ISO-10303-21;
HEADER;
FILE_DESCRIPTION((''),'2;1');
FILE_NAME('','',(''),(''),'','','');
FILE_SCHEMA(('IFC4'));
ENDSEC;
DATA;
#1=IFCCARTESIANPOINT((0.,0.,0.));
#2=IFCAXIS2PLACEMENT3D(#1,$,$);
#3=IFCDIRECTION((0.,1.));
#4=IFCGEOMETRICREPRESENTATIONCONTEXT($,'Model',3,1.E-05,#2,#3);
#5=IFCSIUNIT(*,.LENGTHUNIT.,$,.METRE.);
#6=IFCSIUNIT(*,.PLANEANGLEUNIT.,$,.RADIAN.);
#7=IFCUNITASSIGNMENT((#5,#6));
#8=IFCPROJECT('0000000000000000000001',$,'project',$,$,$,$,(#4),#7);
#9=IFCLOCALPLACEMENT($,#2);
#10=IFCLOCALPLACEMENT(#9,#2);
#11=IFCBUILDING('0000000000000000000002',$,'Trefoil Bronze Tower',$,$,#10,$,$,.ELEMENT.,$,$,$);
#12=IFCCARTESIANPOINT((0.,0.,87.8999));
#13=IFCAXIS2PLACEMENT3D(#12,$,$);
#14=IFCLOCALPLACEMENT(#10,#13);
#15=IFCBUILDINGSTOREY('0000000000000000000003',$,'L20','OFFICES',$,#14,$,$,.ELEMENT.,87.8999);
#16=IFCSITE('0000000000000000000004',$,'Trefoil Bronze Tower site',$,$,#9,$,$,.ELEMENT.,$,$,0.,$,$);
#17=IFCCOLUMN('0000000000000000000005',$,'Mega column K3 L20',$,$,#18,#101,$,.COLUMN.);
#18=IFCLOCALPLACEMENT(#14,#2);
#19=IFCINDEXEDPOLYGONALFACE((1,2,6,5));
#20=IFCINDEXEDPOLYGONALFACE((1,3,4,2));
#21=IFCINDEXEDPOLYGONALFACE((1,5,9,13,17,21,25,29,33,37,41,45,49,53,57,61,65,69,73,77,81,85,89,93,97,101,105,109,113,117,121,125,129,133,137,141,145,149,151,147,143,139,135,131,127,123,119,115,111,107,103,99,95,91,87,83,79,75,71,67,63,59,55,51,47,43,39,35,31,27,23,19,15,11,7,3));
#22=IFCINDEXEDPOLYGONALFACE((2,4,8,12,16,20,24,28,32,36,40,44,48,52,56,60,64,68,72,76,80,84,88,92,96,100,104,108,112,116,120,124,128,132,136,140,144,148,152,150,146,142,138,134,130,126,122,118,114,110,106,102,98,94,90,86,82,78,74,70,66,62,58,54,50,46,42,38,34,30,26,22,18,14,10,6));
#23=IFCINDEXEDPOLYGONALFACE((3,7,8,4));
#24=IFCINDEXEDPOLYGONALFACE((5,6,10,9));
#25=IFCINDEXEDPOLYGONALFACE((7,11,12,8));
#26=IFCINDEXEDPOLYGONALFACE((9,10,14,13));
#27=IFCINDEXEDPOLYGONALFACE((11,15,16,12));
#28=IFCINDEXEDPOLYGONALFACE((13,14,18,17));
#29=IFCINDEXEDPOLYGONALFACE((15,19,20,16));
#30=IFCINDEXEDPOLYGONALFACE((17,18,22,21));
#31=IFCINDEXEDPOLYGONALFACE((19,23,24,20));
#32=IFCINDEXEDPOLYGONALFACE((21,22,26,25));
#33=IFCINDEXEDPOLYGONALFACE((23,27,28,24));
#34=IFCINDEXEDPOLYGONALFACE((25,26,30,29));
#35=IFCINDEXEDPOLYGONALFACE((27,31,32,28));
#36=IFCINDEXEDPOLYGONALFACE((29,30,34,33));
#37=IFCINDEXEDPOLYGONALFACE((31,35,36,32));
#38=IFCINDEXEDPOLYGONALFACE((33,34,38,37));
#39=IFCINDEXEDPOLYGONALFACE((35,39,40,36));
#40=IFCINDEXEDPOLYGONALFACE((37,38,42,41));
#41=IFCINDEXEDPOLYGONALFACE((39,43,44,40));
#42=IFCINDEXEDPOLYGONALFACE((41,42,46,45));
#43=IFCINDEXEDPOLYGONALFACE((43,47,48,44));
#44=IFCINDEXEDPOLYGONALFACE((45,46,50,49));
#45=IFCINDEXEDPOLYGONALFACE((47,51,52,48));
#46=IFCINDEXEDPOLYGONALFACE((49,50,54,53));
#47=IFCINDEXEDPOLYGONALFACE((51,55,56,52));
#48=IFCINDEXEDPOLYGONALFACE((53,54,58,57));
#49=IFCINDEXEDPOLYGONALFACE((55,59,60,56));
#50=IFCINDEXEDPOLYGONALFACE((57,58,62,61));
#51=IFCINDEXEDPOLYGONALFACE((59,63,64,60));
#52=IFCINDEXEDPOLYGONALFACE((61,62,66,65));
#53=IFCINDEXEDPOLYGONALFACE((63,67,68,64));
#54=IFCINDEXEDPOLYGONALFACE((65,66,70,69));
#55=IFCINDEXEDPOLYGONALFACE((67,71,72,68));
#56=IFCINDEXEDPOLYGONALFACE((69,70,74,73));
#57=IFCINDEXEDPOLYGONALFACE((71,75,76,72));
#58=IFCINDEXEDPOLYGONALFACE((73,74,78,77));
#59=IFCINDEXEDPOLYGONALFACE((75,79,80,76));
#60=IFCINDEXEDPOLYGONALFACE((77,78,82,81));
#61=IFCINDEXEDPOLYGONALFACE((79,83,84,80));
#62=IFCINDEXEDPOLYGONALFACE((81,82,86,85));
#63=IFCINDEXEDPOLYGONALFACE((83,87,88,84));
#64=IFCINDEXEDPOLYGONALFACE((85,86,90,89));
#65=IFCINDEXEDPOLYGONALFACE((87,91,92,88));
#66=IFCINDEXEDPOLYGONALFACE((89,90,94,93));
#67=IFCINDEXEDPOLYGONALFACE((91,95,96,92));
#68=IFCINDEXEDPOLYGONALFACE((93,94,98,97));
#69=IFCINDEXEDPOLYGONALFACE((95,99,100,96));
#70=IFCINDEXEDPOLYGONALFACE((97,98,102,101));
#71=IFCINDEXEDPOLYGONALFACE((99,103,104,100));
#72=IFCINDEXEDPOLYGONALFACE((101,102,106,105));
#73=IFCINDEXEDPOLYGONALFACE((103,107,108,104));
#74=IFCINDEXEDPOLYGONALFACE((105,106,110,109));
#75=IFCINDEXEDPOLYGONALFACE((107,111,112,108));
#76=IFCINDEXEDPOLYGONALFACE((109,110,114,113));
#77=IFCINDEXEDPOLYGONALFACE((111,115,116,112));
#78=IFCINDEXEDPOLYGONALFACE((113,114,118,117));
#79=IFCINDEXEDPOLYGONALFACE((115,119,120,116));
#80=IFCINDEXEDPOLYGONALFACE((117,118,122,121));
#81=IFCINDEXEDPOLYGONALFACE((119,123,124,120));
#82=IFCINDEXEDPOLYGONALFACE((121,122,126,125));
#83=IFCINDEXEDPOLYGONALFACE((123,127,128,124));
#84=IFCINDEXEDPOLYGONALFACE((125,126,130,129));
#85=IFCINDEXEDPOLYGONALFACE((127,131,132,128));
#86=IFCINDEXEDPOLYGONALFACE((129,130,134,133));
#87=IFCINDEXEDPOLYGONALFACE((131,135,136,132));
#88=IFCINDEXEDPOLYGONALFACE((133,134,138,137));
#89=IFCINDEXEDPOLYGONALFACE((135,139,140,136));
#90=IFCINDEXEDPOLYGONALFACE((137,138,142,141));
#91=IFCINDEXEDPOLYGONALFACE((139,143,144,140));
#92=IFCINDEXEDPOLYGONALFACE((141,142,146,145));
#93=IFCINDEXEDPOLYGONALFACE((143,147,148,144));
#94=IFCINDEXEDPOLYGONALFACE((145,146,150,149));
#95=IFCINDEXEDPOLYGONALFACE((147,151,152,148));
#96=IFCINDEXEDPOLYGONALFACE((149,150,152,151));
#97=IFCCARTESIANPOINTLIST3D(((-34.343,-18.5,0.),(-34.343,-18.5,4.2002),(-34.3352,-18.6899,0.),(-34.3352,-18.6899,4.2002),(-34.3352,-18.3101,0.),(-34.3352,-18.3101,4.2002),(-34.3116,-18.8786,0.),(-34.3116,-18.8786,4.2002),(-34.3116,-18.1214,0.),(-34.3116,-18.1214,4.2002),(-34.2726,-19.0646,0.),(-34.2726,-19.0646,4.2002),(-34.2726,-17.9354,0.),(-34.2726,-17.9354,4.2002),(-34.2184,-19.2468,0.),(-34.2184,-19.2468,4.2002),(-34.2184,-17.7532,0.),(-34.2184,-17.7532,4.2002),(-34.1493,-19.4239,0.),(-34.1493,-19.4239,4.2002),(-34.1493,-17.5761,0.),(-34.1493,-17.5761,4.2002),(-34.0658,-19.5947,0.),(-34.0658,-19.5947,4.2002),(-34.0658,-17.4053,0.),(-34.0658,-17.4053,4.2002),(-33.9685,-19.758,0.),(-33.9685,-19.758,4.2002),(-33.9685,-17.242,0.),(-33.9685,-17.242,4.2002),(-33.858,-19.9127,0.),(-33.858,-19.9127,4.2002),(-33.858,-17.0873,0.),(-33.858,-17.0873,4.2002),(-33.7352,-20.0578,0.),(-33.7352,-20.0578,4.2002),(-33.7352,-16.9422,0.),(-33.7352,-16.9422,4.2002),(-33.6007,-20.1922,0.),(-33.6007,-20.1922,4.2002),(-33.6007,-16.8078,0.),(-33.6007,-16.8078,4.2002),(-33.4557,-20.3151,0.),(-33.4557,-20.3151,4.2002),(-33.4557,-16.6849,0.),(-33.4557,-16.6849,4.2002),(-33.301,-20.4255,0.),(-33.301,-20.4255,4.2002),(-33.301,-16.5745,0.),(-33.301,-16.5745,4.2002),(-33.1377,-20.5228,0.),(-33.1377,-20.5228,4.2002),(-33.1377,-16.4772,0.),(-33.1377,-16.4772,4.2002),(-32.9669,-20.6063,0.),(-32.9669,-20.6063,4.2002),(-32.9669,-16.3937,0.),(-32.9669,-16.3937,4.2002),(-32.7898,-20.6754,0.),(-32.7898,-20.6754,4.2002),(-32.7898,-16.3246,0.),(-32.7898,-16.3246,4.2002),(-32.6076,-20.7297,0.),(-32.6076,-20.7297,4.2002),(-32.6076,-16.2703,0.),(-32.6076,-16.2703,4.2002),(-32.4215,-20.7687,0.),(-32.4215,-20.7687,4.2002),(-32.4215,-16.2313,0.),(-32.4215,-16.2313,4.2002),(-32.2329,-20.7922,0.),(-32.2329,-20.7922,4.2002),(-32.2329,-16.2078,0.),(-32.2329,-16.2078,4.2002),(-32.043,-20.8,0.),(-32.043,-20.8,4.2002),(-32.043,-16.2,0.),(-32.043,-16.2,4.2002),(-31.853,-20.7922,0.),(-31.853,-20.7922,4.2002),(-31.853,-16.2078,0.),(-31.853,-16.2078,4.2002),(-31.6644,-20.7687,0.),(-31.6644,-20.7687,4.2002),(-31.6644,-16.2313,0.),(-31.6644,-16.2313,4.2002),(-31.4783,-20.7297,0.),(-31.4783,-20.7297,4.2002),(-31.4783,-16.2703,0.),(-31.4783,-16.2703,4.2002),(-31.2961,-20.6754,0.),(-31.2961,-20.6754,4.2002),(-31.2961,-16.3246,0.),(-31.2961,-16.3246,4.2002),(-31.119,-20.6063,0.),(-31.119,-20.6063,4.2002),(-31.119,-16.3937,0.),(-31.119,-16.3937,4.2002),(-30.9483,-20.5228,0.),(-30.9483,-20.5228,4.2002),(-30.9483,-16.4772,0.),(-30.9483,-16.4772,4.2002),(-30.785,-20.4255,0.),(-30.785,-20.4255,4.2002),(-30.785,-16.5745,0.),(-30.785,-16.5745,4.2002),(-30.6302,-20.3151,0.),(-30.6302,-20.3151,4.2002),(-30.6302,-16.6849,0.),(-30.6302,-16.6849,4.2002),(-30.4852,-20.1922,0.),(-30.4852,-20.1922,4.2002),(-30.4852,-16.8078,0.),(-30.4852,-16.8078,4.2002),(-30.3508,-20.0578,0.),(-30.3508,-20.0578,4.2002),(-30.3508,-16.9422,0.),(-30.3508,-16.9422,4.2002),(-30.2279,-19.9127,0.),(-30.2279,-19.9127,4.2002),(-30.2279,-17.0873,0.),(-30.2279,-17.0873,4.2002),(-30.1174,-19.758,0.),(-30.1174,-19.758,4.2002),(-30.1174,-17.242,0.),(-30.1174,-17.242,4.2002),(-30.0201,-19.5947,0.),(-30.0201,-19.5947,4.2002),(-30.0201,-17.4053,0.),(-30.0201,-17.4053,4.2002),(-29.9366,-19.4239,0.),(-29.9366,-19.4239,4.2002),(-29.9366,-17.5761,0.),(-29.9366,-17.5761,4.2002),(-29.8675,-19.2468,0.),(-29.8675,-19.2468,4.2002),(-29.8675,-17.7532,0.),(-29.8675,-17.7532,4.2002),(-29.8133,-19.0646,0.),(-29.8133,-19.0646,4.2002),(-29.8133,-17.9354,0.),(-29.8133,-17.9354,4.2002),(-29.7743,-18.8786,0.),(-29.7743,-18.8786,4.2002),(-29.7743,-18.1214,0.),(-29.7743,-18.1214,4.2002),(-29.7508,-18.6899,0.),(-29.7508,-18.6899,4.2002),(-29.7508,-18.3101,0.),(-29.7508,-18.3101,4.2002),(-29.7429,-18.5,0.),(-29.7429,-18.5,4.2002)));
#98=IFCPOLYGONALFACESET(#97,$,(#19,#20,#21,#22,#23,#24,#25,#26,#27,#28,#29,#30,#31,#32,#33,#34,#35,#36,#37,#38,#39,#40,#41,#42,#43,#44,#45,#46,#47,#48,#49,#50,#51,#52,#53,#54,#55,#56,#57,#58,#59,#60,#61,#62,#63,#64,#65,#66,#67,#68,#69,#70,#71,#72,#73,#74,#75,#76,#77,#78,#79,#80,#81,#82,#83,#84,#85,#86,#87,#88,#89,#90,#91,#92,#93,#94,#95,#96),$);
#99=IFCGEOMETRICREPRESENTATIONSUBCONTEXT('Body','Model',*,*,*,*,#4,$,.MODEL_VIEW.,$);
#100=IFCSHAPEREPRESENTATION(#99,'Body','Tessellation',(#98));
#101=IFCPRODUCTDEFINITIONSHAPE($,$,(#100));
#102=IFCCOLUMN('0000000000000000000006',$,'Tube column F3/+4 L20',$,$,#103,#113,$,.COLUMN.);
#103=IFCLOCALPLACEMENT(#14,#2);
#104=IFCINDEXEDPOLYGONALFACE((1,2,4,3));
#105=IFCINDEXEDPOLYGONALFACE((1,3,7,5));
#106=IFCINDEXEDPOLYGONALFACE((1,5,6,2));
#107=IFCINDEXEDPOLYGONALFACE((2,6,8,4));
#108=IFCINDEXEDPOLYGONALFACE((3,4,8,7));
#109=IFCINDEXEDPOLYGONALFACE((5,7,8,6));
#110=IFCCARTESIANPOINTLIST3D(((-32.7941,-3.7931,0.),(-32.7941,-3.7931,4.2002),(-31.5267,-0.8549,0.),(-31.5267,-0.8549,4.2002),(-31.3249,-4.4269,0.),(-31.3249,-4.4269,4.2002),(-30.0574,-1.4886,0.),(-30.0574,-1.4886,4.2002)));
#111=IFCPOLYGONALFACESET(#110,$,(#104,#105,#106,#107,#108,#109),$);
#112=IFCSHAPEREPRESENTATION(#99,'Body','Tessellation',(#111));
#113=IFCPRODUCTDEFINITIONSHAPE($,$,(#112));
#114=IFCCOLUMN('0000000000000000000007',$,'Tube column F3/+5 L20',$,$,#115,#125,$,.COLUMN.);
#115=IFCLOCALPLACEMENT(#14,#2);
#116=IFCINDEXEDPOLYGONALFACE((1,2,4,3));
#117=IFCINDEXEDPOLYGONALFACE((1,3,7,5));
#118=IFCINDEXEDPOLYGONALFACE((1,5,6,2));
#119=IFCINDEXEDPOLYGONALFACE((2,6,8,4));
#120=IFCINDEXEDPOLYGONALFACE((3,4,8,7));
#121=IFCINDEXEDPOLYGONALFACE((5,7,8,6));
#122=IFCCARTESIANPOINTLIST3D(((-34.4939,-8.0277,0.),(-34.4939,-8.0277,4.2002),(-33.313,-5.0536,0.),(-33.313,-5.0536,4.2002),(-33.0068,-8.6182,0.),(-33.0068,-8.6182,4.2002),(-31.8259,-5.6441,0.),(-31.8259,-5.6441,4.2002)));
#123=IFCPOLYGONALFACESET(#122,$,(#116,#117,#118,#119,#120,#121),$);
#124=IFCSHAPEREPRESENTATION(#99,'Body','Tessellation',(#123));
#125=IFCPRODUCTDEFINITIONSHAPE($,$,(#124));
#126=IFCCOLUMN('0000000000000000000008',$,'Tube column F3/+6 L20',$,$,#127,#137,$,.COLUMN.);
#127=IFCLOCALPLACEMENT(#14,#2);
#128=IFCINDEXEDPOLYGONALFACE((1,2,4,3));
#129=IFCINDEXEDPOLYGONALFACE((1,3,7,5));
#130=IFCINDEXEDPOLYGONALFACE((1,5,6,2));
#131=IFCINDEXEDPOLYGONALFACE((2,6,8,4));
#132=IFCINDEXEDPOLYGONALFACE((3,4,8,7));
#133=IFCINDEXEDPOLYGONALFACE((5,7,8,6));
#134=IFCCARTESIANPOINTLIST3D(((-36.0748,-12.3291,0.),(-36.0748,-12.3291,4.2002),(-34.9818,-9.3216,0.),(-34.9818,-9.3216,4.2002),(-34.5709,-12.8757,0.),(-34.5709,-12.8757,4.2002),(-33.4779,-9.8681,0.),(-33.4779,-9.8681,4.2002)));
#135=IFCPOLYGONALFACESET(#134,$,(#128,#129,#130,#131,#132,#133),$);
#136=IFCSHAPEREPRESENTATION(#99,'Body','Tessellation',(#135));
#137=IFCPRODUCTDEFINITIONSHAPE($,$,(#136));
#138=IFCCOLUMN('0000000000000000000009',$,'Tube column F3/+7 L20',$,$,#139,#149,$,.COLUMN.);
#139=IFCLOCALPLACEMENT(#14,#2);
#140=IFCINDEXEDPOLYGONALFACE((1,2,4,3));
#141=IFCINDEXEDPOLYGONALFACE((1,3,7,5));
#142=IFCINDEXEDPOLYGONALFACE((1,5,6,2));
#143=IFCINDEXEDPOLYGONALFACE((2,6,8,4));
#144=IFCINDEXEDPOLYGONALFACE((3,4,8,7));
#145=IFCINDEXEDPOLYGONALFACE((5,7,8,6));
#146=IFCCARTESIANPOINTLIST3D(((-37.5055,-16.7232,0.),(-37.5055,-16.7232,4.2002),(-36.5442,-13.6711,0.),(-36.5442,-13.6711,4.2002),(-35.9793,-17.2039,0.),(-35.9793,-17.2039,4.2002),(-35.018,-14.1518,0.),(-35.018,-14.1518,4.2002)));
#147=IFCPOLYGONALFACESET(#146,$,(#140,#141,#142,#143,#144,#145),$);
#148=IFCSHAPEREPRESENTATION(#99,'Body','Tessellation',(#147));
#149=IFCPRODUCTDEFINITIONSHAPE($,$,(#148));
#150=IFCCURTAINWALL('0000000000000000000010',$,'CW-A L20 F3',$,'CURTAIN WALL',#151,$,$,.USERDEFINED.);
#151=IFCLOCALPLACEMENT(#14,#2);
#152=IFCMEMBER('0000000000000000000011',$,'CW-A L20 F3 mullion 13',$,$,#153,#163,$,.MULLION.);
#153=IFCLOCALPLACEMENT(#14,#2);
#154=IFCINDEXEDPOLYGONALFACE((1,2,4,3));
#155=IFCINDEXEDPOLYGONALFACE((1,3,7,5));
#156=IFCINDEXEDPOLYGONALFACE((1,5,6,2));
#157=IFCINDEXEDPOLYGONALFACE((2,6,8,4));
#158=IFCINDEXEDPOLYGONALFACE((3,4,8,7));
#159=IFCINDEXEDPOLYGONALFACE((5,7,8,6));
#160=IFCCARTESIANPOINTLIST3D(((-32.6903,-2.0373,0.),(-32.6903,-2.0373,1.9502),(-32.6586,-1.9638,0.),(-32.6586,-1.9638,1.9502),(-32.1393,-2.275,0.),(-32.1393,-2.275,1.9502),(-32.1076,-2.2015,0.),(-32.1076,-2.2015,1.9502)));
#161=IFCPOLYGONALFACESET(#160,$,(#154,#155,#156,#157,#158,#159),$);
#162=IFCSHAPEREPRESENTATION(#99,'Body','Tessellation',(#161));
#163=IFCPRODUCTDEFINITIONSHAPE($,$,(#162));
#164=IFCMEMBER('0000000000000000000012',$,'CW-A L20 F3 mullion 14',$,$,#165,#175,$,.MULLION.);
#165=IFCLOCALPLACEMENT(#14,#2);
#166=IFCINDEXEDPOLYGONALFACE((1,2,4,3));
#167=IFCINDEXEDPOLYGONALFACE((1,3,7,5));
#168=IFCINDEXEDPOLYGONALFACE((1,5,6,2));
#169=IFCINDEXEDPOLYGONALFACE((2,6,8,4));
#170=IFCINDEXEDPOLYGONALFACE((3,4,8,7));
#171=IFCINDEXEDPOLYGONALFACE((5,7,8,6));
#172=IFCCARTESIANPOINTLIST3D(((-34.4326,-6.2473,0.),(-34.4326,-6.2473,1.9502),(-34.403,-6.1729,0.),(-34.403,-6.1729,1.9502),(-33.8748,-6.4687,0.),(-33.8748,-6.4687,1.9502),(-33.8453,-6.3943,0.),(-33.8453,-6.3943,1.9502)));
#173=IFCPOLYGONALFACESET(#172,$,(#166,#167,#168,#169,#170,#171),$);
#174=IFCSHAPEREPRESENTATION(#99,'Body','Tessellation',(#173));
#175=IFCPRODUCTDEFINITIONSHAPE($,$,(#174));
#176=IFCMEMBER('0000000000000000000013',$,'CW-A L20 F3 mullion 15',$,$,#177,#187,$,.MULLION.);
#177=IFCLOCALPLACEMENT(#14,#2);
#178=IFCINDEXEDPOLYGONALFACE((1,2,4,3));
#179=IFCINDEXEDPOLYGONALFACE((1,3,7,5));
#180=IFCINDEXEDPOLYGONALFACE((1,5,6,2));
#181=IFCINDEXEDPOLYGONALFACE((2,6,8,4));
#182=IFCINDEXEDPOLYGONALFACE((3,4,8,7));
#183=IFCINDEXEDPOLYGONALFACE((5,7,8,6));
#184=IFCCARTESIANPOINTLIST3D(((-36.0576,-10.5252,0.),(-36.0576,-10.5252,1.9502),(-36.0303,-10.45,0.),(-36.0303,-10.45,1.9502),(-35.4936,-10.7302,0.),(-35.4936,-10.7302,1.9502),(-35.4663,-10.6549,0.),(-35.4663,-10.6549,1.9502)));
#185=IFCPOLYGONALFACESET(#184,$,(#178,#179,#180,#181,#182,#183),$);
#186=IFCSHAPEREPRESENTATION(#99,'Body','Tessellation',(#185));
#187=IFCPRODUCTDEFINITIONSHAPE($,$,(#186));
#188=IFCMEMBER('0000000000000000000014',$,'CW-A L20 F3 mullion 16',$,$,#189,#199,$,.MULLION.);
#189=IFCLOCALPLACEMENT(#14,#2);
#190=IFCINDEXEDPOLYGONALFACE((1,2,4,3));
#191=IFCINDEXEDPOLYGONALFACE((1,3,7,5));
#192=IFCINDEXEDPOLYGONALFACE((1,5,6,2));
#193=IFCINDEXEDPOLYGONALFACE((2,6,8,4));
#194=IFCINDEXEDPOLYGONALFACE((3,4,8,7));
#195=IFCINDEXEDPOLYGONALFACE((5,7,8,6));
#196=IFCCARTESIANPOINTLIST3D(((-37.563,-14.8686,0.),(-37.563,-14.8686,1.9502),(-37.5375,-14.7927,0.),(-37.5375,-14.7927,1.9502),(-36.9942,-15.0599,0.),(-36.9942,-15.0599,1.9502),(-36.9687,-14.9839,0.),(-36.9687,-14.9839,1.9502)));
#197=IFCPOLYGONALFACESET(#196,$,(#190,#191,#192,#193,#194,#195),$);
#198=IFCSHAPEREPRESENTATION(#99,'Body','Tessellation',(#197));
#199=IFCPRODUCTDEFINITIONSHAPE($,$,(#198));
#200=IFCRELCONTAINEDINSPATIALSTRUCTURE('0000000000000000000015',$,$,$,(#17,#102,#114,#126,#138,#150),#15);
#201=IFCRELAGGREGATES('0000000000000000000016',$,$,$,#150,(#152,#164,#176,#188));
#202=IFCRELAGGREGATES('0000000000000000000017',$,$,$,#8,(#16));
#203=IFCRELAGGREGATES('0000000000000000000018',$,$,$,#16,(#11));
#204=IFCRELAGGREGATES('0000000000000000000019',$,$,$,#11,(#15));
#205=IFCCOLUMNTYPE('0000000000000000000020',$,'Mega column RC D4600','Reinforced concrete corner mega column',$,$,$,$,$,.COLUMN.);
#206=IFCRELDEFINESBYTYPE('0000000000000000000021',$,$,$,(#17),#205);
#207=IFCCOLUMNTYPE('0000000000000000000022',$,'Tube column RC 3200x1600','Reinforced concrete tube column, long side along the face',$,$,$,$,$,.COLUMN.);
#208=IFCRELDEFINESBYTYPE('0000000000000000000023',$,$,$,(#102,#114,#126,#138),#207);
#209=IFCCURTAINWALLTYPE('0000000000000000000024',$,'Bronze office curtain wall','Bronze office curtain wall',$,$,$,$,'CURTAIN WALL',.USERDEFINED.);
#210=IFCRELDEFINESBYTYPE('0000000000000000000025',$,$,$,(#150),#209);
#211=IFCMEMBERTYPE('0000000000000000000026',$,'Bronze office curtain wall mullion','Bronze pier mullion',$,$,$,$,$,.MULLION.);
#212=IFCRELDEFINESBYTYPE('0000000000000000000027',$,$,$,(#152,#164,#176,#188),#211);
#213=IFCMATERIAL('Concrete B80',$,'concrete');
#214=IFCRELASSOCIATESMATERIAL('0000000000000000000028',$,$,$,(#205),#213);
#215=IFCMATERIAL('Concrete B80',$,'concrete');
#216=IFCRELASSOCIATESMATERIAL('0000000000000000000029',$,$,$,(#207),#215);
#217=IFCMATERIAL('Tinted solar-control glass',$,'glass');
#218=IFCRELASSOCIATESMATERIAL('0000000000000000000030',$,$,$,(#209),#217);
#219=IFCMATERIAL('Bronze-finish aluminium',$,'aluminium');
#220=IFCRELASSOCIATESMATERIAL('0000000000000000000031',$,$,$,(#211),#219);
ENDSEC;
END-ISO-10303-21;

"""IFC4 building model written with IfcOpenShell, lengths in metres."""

from ifc_helpers import new_model, si_unit, direction, frame, origin, origin_2d, place, context, subcontext, project, spatial, rectangle, circle, extrude, material, material_profile, profile_set, type_object, element, aggregate, save


model = new_model("IFC4")

# Units and contexts
model_context = context("Model", 3, precision=1e-05, world=origin(), true_north=direction((0.0, 1.0)))
body_context = subcontext(model_context, "Body", "Model", "MODEL_VIEW")
ifc_project = project(units=[si_unit("LENGTHUNIT", "METRE"), si_unit("PLANEANGLEUNIT", "RADIAN")], contexts=[model_context])

# Site, building, storey
site_placement = place(None, origin())
site = spatial("IfcSite", under=ifc_project, at=site_placement, Name="Trefoil Bronze Tower site", CompositionType="ELEMENT", RefElevation=0.0)
building_placement = place(site_placement, origin())
building = spatial("IfcBuilding", under=site, at=building_placement, Name="Trefoil Bronze Tower", CompositionType="ELEMENT")
storey_placement = place(building_placement, frame((0.0, 0.0, 87.8999)))
storey = spatial("IfcBuildingStorey", under=building, at=storey_placement, Name="L20", Description="OFFICES", CompositionType="ELEMENT", Elevation=87.8999)

# Columns
ifc_material_1 = material(Name="Concrete B80", Category="concrete")
ifc_material_profile_1 = material_profile(ifc_material_1, circle(Radius=2.3, at=origin_2d()), Name="RC D4600")
ifc_profile_set_1 = profile_set([ifc_material_profile_1], Name="Concrete B80")
column_type_1 = type_object("IfcColumnType", Name="Mega column RC D4600", Description="Reinforced concrete corner mega column", PredefinedType="COLUMN", material=ifc_profile_set_1)
column_placement = place(storey_placement, frame((-32.043, -18.5, 0.0), z_axis=(0.0, 0.0, 1.0), x_axis=(1.0, 0.0, 0.0)))
element("IfcColumn", 1, at=column_placement, inside=storey, type_object=column_type_1, Name="Mega column K3 L20", PredefinedType="COLUMN", context=body_context, shape_type="SweptSolid", body=[
    extrude(circle(Radius=2.3, at=origin_2d()), origin(), (0.0, 0.0, 1.0), 4.2002),
])
ifc_material_2 = material(Name="Concrete B80", Category="concrete")
ifc_material_profile_2 = material_profile(ifc_material_2, rectangle(XDim=3.2, YDim=1.6001, at=origin_2d()), Name="RC 3200x1600")
ifc_profile_set_2 = profile_set([ifc_material_profile_2], Name="Concrete B80")
column_type_2 = type_object("IfcColumnType", Name="Tube column RC 3200x1600", Description="Reinforced concrete tube column, long side along the face", PredefinedType="COLUMN", material=ifc_profile_set_2)
for number, where, z_axis, x_axis, name in (
    (2, (-31.4258, -2.6409, 0.0), (0.0, 0.0, 1.0), (-0.396085, -0.918214, 0.0), "Tube column F3/+4 L20"),
    (3, (-33.1599, -6.8359, 0.0), (0.0, 0.0, 1.0), (-0.36904, -0.929414, 0.0), "Tube column F3/+5 L20"),
    (4, (-34.7764, -11.0986, 0.0), (0.0, 0.0, 1.0), (-0.341559, -0.93986, 0.0), "Tube column F3/+6 L20"),
    (5, (-36.2617, -15.4375, 0.0), (0.0, 0.0, 1.0), (-0.300414, -0.953809, 0.0), "Tube column F3/+7 L20"),
):
    element("IfcColumn", number, at=place(storey_placement, frame(where, z_axis=z_axis, x_axis=x_axis)), inside=storey, type_object=column_type_2, Name=name, PredefinedType="COLUMN", context=body_context, shape_type="SweptSolid", body=[
        extrude(rectangle(XDim=3.2, YDim=1.6001, at=origin_2d()), origin(), (0.0, 0.0, 1.0), 4.2002),
    ])

# Curtain wall, members
ifc_material_3 = material(Name="Tinted solar-control glass", Category="glass")
curtain_wall_type_1 = type_object("IfcCurtainWallType", Name="Bronze office curtain wall", Description="Bronze office curtain wall", ElementType="CURTAIN WALL", PredefinedType="USERDEFINED", material=ifc_material_3)
curtain_wall_1_placement = place(storey_placement, origin())
curtain_wall_1 = element("IfcCurtainWall", 6, at=curtain_wall_1_placement, inside=storey, type_object=curtain_wall_type_1, Name="CW-A L20 F3", ObjectType="CURTAIN WALL", PredefinedType="USERDEFINED")
ifc_material_4 = material(Name="Bronze-finish aluminium", Category="aluminium")
ifc_material_profile_3 = material_profile(ifc_material_4, rectangle(XDim=0.6001, YDim=0.0801, at=origin_2d()), Name="CW-A mullion")
ifc_profile_set_3 = profile_set([ifc_material_profile_3], Name="Bronze-finish aluminium")
member_type_1 = type_object("IfcMemberType", Name="Bronze office curtain wall mullion", Description="Bronze pier mullion", PredefinedType="MULLION", material=ifc_profile_set_3)
member_1_placement = place(storey_placement, frame((-32.3989, -2.1194, 0.0), z_axis=(0.0, 0.0, 1.0), x_axis=(0.918214, -0.396085, 0.0)))
member_1 = element("IfcMember", 7, at=member_1_placement, type_object=member_type_1, Name="CW-A L20 F3 mullion 13", PredefinedType="MULLION", context=body_context, shape_type="SweptSolid", body=[
    extrude(rectangle(XDim=0.6001, YDim=0.0801, at=origin_2d()), origin(), (0.0, 0.0, 1.0), 1.9502),
])
member_2_placement = place(storey_placement, frame((-34.1389, -6.3208, 0.0), z_axis=(0.0, 0.0, 1.0), x_axis=(0.929414, -0.36904, 0.0)))
member_2 = element("IfcMember", 8, at=member_2_placement, type_object=member_type_1, Name="CW-A L20 F3 mullion 14", PredefinedType="MULLION", context=body_context, shape_type="SweptSolid", body=[
    extrude(rectangle(XDim=0.6001, YDim=0.0801, at=origin_2d()), origin(), (0.0, 0.0, 1.0), 1.9502),
])
member_3_placement = place(storey_placement, frame((-35.762, -10.5901, 0.0), z_axis=(0.0, 0.0, 1.0), x_axis=(0.93986, -0.341559, 0.0)))
member_3 = element("IfcMember", 9, at=member_3_placement, type_object=member_type_1, Name="CW-A L20 F3 mullion 15", PredefinedType="MULLION", context=body_context, shape_type="SweptSolid", body=[
    extrude(rectangle(XDim=0.6001, YDim=0.0801, at=origin_2d()), origin(), (0.0, 0.0, 1.0), 1.9502),
])
member_4_placement = place(storey_placement, frame((-37.2659, -14.9263, 0.0), z_axis=(0.0, 0.0, 1.0), x_axis=(0.947851, -0.318715, 0.0)))
member_4 = element("IfcMember", 10, at=member_4_placement, type_object=member_type_1, Name="CW-A L20 F3 mullion 16", PredefinedType="MULLION", context=body_context, shape_type="SweptSolid", body=[
    extrude(rectangle(XDim=0.6001, YDim=0.0801, at=origin_2d()), origin(), (0.0, 0.0, 1.0), 1.9502),
])

aggregate(curtain_wall_1, [member_1, member_2, member_3, member_4])

save(model, "model.ifc")
